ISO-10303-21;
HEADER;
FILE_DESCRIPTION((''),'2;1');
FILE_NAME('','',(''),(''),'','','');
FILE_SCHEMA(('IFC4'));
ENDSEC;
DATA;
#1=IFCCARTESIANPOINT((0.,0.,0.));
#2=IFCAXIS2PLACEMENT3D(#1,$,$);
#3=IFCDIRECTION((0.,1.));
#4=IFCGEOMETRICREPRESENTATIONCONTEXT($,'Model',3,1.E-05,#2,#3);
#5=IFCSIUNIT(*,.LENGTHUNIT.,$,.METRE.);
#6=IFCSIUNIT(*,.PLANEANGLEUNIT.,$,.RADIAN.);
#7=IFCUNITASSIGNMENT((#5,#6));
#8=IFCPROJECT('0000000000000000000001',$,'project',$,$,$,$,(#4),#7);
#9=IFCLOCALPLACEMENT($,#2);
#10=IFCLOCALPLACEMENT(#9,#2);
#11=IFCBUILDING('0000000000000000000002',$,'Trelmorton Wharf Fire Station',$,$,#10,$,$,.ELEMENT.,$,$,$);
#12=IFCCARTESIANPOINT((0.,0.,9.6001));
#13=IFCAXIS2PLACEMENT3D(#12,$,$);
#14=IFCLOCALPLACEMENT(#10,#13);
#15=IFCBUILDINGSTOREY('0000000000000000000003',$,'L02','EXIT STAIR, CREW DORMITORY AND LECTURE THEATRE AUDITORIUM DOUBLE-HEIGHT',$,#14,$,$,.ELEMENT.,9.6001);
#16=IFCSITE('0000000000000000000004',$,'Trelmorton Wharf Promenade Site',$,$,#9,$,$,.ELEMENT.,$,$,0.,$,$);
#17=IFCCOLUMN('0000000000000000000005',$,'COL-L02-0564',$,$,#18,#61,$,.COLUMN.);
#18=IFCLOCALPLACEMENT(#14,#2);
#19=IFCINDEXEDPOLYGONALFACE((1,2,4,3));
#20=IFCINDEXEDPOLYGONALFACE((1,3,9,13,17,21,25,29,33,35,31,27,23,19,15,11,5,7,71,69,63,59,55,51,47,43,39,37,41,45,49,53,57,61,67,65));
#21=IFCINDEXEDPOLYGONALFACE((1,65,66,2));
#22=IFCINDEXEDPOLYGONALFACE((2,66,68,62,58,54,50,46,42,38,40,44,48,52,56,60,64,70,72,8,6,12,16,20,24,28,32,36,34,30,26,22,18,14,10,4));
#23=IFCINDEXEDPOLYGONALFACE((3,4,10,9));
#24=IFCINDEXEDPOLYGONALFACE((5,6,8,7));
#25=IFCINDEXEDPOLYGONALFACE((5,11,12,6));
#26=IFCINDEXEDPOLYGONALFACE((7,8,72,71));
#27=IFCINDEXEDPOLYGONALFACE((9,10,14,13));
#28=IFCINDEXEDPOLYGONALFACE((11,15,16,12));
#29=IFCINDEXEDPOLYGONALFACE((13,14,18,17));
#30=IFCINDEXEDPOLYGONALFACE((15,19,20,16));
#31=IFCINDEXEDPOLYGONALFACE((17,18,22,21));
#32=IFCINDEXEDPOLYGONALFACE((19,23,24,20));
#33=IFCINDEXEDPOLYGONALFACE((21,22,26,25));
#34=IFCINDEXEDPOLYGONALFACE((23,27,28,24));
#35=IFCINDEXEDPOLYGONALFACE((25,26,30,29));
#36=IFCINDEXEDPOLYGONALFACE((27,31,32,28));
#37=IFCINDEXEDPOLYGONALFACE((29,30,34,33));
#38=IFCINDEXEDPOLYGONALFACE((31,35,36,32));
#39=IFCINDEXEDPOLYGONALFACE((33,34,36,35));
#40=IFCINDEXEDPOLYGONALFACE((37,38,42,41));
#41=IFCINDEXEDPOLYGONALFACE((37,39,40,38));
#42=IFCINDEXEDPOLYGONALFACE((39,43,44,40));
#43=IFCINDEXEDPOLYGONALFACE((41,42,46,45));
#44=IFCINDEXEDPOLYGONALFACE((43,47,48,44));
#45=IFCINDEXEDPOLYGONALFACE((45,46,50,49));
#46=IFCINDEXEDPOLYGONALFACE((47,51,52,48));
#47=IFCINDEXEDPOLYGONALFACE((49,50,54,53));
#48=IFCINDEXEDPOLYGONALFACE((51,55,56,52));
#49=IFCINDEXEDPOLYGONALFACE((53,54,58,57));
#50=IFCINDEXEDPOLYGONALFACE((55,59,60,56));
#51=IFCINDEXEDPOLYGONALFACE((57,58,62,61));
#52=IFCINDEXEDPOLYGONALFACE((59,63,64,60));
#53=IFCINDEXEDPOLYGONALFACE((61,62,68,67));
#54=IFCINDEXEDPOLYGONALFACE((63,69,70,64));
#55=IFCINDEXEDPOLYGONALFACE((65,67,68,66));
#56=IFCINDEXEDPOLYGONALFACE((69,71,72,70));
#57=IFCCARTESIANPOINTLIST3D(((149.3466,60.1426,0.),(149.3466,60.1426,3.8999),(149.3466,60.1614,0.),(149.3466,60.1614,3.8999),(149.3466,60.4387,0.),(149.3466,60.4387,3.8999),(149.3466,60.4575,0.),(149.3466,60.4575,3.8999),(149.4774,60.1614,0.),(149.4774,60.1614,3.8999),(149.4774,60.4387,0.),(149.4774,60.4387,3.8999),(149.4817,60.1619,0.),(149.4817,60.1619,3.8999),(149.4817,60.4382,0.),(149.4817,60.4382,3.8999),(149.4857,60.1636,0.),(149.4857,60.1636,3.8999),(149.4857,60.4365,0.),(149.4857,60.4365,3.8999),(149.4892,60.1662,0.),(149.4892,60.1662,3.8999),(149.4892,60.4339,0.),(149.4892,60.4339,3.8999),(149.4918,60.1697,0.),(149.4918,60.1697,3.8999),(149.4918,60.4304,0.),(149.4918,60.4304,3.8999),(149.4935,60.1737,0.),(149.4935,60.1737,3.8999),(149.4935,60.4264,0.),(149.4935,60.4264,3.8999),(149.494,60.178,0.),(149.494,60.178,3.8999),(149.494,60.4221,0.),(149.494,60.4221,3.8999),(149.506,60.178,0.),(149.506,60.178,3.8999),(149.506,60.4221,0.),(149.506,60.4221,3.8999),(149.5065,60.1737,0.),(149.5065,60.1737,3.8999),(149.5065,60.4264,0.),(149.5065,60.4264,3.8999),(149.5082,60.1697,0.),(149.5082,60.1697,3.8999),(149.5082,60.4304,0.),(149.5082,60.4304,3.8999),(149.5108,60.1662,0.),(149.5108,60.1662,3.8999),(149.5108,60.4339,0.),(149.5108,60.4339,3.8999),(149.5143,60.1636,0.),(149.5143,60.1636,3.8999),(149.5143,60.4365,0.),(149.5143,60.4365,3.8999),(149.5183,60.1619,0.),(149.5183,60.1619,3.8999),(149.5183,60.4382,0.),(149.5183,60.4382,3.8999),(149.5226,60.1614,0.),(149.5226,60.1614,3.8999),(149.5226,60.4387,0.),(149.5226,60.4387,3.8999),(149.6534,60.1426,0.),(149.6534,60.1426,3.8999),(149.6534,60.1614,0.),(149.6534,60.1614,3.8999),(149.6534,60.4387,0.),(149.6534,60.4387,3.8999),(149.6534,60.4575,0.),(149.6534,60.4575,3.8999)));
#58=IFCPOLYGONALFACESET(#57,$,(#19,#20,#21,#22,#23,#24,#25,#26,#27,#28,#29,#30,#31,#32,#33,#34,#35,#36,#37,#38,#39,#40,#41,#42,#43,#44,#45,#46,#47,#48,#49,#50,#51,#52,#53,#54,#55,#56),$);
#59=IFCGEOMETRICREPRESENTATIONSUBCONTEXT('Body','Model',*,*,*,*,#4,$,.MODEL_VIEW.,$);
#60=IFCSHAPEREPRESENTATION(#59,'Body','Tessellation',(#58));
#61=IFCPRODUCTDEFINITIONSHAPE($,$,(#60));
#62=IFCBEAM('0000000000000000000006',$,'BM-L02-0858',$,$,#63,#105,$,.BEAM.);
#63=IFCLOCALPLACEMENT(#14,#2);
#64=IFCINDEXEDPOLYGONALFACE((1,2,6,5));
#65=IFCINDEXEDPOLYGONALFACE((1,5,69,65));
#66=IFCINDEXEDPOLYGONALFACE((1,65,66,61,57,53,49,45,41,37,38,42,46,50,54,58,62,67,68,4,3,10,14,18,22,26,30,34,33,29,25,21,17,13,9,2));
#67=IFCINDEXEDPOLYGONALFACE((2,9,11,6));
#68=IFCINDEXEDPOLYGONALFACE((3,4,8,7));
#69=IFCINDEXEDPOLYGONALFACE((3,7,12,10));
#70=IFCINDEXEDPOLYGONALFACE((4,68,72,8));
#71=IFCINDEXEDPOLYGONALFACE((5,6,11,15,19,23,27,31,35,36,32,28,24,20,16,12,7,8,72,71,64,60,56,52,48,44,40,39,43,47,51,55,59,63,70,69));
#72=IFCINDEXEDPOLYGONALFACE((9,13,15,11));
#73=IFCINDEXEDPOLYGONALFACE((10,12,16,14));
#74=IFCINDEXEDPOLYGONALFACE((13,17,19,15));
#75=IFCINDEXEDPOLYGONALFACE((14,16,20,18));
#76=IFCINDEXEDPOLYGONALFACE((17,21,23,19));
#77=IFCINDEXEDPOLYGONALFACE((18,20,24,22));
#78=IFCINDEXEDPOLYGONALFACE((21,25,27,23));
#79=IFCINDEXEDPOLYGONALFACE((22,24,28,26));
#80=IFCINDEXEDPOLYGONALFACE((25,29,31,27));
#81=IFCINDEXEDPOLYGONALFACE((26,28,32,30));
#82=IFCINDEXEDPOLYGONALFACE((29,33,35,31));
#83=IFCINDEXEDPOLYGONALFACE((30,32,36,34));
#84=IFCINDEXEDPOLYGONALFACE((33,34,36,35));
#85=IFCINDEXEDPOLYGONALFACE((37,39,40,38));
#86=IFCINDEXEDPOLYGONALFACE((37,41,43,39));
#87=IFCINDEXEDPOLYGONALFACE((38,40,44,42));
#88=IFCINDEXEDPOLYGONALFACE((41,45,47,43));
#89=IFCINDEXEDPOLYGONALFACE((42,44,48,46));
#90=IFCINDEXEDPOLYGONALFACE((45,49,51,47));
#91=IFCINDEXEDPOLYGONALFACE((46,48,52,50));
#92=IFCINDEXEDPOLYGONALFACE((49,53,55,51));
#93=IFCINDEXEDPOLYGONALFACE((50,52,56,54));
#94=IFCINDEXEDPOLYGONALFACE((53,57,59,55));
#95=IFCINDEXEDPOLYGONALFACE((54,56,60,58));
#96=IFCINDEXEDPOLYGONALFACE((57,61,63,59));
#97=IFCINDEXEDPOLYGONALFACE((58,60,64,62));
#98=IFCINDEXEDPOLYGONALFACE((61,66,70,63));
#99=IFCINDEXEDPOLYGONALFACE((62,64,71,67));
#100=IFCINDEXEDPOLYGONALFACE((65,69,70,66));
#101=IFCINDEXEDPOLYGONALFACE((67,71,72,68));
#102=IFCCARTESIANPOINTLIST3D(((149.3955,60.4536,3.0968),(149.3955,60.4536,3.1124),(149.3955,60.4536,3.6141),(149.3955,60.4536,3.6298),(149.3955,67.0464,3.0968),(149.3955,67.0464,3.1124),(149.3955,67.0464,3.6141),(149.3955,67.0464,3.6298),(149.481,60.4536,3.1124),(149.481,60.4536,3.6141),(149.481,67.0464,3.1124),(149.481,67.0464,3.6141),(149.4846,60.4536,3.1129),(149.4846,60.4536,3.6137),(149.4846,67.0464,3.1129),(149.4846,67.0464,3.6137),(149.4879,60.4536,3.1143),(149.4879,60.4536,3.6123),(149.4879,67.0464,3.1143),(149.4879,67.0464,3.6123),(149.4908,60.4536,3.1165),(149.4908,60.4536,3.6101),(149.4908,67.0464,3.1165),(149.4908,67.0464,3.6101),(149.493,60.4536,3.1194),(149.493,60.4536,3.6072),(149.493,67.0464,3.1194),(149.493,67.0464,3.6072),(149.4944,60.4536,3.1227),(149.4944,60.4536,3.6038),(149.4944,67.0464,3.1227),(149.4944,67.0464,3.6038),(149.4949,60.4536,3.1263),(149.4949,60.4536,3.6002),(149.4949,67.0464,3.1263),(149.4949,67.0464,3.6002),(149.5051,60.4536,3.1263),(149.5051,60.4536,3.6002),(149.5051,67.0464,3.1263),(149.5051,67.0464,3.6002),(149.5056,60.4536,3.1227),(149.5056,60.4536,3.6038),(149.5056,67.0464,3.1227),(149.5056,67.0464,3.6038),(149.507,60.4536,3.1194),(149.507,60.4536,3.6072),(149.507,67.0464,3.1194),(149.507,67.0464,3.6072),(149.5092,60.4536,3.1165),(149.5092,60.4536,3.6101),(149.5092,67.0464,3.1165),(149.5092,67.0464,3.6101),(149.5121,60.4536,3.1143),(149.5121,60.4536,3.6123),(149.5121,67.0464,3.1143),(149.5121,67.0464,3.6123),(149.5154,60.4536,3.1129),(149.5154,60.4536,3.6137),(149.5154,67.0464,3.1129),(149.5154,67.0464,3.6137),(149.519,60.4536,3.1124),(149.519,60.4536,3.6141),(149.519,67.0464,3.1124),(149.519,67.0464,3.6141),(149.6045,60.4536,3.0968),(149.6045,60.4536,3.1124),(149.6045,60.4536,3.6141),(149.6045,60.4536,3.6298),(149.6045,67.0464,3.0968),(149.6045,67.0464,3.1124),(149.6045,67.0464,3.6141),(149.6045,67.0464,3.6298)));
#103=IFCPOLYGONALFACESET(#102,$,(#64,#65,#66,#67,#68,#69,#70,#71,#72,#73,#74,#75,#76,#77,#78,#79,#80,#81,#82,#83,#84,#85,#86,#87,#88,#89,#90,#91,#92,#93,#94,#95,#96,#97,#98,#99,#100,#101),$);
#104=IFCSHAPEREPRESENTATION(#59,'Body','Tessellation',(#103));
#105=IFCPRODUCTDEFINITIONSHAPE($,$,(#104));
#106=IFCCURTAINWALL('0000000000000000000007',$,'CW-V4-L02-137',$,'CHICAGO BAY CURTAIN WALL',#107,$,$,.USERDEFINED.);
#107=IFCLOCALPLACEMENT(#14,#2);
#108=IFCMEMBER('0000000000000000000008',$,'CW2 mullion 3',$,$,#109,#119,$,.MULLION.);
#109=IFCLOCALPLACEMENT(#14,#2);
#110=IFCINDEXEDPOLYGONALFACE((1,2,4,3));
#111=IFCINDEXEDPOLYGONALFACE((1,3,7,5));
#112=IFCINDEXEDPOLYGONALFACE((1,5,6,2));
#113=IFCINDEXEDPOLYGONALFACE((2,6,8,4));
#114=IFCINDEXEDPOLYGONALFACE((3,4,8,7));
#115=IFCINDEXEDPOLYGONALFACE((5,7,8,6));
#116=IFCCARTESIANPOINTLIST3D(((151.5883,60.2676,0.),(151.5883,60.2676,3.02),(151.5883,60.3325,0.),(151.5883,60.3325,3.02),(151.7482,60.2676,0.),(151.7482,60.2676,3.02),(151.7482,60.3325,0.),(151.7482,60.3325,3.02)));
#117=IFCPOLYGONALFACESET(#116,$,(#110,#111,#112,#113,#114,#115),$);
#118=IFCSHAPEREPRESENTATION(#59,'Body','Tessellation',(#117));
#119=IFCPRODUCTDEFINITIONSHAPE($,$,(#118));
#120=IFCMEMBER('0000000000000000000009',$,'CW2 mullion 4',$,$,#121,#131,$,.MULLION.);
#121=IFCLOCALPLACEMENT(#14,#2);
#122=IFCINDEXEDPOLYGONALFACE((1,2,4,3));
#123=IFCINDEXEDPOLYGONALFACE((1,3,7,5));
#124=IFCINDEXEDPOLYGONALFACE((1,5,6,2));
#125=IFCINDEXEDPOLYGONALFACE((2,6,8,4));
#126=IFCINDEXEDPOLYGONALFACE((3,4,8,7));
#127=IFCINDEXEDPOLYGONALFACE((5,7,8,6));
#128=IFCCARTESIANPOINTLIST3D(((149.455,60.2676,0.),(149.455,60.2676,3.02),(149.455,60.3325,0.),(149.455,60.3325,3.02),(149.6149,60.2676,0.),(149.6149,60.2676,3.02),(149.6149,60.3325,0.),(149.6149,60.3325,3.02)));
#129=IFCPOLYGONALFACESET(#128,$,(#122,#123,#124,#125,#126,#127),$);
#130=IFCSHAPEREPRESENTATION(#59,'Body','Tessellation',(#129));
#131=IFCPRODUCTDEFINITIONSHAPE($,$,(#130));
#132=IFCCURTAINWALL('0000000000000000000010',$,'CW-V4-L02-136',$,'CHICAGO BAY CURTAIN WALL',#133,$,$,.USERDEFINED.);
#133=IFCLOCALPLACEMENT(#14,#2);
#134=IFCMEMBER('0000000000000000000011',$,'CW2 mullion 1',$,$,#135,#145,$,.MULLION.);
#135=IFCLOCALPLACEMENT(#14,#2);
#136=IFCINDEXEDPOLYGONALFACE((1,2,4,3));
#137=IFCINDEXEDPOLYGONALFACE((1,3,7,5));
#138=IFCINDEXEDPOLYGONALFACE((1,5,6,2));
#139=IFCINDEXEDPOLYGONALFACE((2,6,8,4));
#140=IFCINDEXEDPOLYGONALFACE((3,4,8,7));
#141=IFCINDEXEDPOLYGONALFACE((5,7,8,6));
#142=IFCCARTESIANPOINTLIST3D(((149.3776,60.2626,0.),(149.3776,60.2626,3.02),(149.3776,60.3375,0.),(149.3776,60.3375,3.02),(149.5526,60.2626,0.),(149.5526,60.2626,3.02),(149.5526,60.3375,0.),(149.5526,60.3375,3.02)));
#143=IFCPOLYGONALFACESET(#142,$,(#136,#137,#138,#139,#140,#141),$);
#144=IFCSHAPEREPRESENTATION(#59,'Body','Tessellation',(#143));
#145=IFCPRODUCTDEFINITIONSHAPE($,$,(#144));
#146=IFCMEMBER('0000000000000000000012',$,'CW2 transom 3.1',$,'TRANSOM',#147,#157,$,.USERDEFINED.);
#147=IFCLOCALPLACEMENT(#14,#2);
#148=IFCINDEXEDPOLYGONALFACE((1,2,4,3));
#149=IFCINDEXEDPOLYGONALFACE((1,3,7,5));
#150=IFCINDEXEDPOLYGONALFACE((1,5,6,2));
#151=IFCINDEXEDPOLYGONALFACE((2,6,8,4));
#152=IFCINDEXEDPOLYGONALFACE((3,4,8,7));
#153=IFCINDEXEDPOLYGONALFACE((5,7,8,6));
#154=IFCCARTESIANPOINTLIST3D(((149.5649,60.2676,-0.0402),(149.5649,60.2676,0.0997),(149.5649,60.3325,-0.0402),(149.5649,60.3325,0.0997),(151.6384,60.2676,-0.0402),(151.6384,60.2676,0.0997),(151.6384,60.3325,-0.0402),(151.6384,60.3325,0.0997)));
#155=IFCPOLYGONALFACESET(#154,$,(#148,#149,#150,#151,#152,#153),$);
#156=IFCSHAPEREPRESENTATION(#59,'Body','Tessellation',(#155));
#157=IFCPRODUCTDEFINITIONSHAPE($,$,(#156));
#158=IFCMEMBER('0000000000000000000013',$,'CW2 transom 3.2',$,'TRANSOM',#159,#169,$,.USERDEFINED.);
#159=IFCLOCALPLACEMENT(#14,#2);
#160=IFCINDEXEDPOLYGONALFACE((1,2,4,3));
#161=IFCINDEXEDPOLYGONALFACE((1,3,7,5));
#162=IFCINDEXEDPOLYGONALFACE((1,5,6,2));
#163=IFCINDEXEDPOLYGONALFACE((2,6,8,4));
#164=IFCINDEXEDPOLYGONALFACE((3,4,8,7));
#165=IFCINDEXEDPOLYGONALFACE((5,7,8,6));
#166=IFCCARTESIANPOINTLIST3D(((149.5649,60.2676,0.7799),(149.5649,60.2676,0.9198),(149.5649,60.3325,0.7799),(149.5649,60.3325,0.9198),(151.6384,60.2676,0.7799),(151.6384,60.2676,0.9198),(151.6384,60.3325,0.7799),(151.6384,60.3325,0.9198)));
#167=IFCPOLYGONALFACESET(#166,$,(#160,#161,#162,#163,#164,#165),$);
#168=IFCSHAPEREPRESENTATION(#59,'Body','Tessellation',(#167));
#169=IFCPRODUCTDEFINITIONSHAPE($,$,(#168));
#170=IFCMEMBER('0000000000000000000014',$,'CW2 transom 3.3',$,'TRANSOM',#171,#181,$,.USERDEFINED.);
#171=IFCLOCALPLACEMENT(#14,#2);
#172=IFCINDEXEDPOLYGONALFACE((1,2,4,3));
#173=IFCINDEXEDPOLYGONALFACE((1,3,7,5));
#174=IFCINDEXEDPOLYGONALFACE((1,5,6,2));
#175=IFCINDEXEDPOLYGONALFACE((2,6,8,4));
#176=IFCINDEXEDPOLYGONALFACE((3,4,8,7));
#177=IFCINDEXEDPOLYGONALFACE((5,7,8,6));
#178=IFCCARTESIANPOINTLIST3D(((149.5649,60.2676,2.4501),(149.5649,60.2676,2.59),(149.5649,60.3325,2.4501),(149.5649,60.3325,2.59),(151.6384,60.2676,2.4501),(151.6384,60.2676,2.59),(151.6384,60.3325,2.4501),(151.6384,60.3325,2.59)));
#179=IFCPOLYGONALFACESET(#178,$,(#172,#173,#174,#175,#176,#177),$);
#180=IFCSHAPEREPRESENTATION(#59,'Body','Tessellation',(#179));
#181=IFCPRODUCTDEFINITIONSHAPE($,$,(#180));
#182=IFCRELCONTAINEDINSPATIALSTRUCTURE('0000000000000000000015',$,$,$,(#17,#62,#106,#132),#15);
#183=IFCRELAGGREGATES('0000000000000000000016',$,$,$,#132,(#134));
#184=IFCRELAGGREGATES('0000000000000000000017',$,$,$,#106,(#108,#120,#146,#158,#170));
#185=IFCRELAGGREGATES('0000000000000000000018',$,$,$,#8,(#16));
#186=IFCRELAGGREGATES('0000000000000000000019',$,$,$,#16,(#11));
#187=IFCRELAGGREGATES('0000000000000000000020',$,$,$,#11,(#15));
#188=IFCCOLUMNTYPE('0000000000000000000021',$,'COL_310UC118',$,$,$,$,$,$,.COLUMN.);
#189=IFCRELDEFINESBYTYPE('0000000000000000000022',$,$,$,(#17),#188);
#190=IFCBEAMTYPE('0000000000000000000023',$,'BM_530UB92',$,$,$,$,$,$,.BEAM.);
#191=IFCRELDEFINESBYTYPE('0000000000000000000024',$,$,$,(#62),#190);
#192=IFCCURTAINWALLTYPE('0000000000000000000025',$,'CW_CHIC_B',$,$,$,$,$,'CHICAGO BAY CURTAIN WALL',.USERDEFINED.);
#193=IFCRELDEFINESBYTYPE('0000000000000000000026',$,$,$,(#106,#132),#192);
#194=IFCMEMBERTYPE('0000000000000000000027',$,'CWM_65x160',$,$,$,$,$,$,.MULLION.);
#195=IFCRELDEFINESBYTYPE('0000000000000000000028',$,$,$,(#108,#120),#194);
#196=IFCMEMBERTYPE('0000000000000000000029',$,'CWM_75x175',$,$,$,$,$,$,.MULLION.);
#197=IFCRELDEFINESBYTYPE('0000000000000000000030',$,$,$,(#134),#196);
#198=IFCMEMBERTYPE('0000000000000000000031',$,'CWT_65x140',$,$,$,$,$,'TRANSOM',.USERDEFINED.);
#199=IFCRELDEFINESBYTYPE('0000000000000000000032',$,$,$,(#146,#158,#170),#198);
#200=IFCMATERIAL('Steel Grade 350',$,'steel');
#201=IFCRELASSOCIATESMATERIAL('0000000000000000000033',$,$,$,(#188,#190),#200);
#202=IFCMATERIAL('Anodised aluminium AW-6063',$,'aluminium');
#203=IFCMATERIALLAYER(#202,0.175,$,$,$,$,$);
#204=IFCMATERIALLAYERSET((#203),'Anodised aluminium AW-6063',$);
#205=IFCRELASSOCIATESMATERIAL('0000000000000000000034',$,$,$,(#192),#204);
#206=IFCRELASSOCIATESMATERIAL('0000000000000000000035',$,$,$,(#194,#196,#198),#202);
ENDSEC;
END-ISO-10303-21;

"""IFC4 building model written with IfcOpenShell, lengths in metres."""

from ifc_helpers import new_model, si_unit, direction, frame, origin, origin_2d, place, context, subcontext, project, spatial, rectangle, i_section, extrude, material, layer, layer_set, material_profile, profile_set, type_object, element, aggregate, save


model = new_model("IFC4")

# Units and contexts
model_context = context("Model", 3, precision=1e-05, world=origin(), true_north=direction((0.0, 1.0)))
body_context = subcontext(model_context, "Body", "Model", "MODEL_VIEW")
ifc_project = project(units=[si_unit("LENGTHUNIT", "METRE"), si_unit("PLANEANGLEUNIT", "RADIAN")], contexts=[model_context])

# Site, building, storey
site_placement = place(None, origin())
site = spatial("IfcSite", under=ifc_project, at=site_placement, Name="Trelmorton Wharf Promenade Site", CompositionType="ELEMENT", RefElevation=0.0)
building_placement = place(site_placement, origin())
building = spatial("IfcBuilding", under=site, at=building_placement, Name="Trelmorton Wharf Fire Station", CompositionType="ELEMENT")
storey_placement = place(building_placement, frame((0.0, 0.0, 9.6001)))
storey = spatial("IfcBuildingStorey", under=building, at=storey_placement, Name="L02", Description="EXIT STAIR, CREW DORMITORY AND LECTURE THEATRE AUDITORIUM DOUBLE-HEIGHT", CompositionType="ELEMENT", Elevation=9.6001)

# Column
ifc_material_1 = material(Name="Steel Grade 350", Category="steel")
ifc_material_profile_1 = material_profile(ifc_material_1, i_section(OverallWidth=0.3069, OverallDepth=0.3149, WebThickness=0.012, FlangeThickness=0.0188, FilletRadius=0.0166, at=origin_2d()), Name="310UC118")
ifc_profile_set_1 = profile_set([ifc_material_profile_1], Name="Steel Grade 350")
column_type = type_object("IfcColumnType", Name="COL_310UC118", PredefinedType="COLUMN", material=ifc_profile_set_1)
column_placement = place(storey_placement, frame((149.5, 60.3, 0.0), z_axis=(0.0, 0.0, 1.0), x_axis=(1.0, 0.0, 0.0)))
element("IfcColumn", 1, at=column_placement, inside=storey, type_object=column_type, Name="COL-L02-0564", PredefinedType="COLUMN", context=body_context, shape_type="SweptSolid", body=[
    extrude(i_section(OverallWidth=0.3069, OverallDepth=0.3149, WebThickness=0.012, FlangeThickness=0.0188, FilletRadius=0.0166, at=origin_2d()), origin(), (0.0, 0.0, 1.0), 3.8999),
])

# Beam
ifc_material_profile_2 = material_profile(ifc_material_1, i_section(OverallWidth=0.209, OverallDepth=0.533, WebThickness=0.0103, FlangeThickness=0.0156, FilletRadius=0.0139, at=origin_2d()), Name="530UB92.4")
ifc_profile_set_2 = profile_set([ifc_material_profile_2], Name="Steel Grade 350")
beam_type_1 = type_object("IfcBeamType", Name="BM_530UB92", PredefinedType="BEAM", material=ifc_profile_set_2)
beam_1_placement = place(storey_placement, frame((149.5, 60.4536, 3.3633), z_axis=(0.0, 1.0, 0.0), x_axis=(-1.0, 0.0, 0.0)))
element("IfcBeam", 2, at=beam_1_placement, inside=storey, type_object=beam_type_1, Name="BM-L02-0858", PredefinedType="BEAM", context=body_context, shape_type="SweptSolid", body=[
    extrude(i_section(OverallWidth=0.209, OverallDepth=0.533, WebThickness=0.0103, FlangeThickness=0.0156, FilletRadius=0.0139, at=origin_2d()), origin(), (0.0, 0.0, 1.0), 6.5928),
])

# Curtain wall, members
ifc_material_2 = material(Name="Anodised aluminium AW-6063", Category="aluminium")
ifc_layer_1 = layer(ifc_material_2, 0.175)
ifc_layer_set_1 = layer_set([ifc_layer_1], Name="Anodised aluminium AW-6063")
curtain_wall_type = type_object("IfcCurtainWallType", Name="CW_CHIC_B", ElementType="CHICAGO BAY CURTAIN WALL", PredefinedType="USERDEFINED", material=ifc_layer_set_1)
curtain_wall_1_placement = place(storey_placement, origin())
curtain_wall_1 = element("IfcCurtainWall", 3, at=curtain_wall_1_placement, inside=storey, type_object=curtain_wall_type, Name="CW-V4-L02-137", ObjectType="CHICAGO BAY CURTAIN WALL", PredefinedType="USERDEFINED")
ifc_material_profile_3 = material_profile(ifc_material_2, rectangle(XDim=0.0649, YDim=0.1599, at=origin_2d()), Name="ALU-65x160")
ifc_profile_set_3 = profile_set([ifc_material_profile_3], Name="Anodised aluminium AW-6063")
member_type_1 = type_object("IfcMemberType", Name="CWM_65x160", PredefinedType="MULLION", material=ifc_profile_set_3)
member_1_placement = place(storey_placement, frame((151.6682, 60.3, 0.0), z_axis=(0.0, 0.0, 1.0), x_axis=(0.0, -1.0, 0.0)))
member_1 = element("IfcMember", 4, at=member_1_placement, type_object=member_type_1, Name="CW2 mullion 3", PredefinedType="MULLION", context=body_context, shape_type="SweptSolid", body=[
    extrude(rectangle(XDim=0.0649, YDim=0.1599, at=origin_2d()), origin(), (0.0, 0.0, 1.0), 3.02),
])
member_2_placement = place(storey_placement, frame((149.5349, 60.3, 0.0), z_axis=(0.0, 0.0, 1.0), x_axis=(0.0, -1.0, 0.0)))
member_2 = element("IfcMember", 5, at=member_2_placement, type_object=member_type_1, Name="CW2 mullion 4", PredefinedType="MULLION", context=body_context, shape_type="SweptSolid", body=[
    extrude(rectangle(XDim=0.0649, YDim=0.1599, at=origin_2d()), origin(), (0.0, 0.0, 1.0), 3.02),
])

# Curtain wall, member
curtain_wall_2_placement = place(storey_placement, origin())
curtain_wall_2 = element("IfcCurtainWall", 6, at=curtain_wall_2_placement, inside=storey, type_object=curtain_wall_type, Name="CW-V4-L02-136", ObjectType="CHICAGO BAY CURTAIN WALL", PredefinedType="USERDEFINED")
ifc_material_profile_4 = material_profile(ifc_material_2, rectangle(XDim=0.075, YDim=0.175, at=origin_2d()), Name="ALU-75x175")
ifc_profile_set_4 = profile_set([ifc_material_profile_4], Name="Anodised aluminium AW-6063")
member_type_2 = type_object("IfcMemberType", Name="CWM_75x175", PredefinedType="MULLION", material=ifc_profile_set_4)
member_3_placement = place(storey_placement, frame((149.4651, 60.3, 0.0), z_axis=(0.0, 0.0, 1.0), x_axis=(0.0, -1.0, 0.0)))
member_3 = element("IfcMember", 7, at=member_3_placement, type_object=member_type_2, Name="CW2 mullion 1", PredefinedType="MULLION", context=body_context, shape_type="SweptSolid", body=[
    extrude(rectangle(XDim=0.075, YDim=0.175, at=origin_2d()), origin(), (0.0, 0.0, 1.0), 3.02),
])

# Members
ifc_material_profile_5 = material_profile(ifc_material_2, rectangle(XDim=0.0649, YDim=0.1399, at=origin_2d()), Name="ALU-65x140")
ifc_profile_set_5 = profile_set([ifc_material_profile_5], Name="Anodised aluminium AW-6063")
member_type_3 = type_object("IfcMemberType", Name="CWT_65x140", ElementType="TRANSOM", PredefinedType="USERDEFINED", material=ifc_profile_set_5)
member_4_placement = place(storey_placement, frame((151.6384, 60.3, 0.0298), z_axis=(-1.0, 0.0, 0.0), x_axis=(0.0, -1.0, 0.0)))
member_4 = element("IfcMember", 8, at=member_4_placement, type_object=member_type_3, Name="CW2 transom 3.1", ObjectType="TRANSOM", PredefinedType="USERDEFINED", context=body_context, shape_type="SweptSolid", body=[
    extrude(rectangle(XDim=0.0649, YDim=0.1399, at=origin_2d()), origin(), (0.0, 0.0, 1.0), 2.0735),
])
member_5_placement = place(storey_placement, frame((151.6384, 60.3, 0.8499), z_axis=(-1.0, 0.0, 0.0), x_axis=(0.0, -1.0, 0.0)))
member_5 = element("IfcMember", 9, at=member_5_placement, type_object=member_type_3, Name="CW2 transom 3.2", ObjectType="TRANSOM", PredefinedType="USERDEFINED", context=body_context, shape_type="SweptSolid", body=[
    extrude(rectangle(XDim=0.0649, YDim=0.1399, at=origin_2d()), origin(), (0.0, 0.0, 1.0), 2.0735),
])
member_6_placement = place(storey_placement, frame((151.6384, 60.3, 2.52), z_axis=(-1.0, 0.0, 0.0), x_axis=(0.0, -1.0, 0.0)))
member_6 = element("IfcMember", 10, at=member_6_placement, type_object=member_type_3, Name="CW2 transom 3.3", ObjectType="TRANSOM", PredefinedType="USERDEFINED", context=body_context, shape_type="SweptSolid", body=[
    extrude(rectangle(XDim=0.0649, YDim=0.1399, at=origin_2d()), origin(), (0.0, 0.0, 1.0), 2.0735),
])

aggregate(curtain_wall_2, [member_3])
aggregate(curtain_wall_1, [member_1, member_2, member_4, member_5, member_6])

save(model, "model.ifc")
